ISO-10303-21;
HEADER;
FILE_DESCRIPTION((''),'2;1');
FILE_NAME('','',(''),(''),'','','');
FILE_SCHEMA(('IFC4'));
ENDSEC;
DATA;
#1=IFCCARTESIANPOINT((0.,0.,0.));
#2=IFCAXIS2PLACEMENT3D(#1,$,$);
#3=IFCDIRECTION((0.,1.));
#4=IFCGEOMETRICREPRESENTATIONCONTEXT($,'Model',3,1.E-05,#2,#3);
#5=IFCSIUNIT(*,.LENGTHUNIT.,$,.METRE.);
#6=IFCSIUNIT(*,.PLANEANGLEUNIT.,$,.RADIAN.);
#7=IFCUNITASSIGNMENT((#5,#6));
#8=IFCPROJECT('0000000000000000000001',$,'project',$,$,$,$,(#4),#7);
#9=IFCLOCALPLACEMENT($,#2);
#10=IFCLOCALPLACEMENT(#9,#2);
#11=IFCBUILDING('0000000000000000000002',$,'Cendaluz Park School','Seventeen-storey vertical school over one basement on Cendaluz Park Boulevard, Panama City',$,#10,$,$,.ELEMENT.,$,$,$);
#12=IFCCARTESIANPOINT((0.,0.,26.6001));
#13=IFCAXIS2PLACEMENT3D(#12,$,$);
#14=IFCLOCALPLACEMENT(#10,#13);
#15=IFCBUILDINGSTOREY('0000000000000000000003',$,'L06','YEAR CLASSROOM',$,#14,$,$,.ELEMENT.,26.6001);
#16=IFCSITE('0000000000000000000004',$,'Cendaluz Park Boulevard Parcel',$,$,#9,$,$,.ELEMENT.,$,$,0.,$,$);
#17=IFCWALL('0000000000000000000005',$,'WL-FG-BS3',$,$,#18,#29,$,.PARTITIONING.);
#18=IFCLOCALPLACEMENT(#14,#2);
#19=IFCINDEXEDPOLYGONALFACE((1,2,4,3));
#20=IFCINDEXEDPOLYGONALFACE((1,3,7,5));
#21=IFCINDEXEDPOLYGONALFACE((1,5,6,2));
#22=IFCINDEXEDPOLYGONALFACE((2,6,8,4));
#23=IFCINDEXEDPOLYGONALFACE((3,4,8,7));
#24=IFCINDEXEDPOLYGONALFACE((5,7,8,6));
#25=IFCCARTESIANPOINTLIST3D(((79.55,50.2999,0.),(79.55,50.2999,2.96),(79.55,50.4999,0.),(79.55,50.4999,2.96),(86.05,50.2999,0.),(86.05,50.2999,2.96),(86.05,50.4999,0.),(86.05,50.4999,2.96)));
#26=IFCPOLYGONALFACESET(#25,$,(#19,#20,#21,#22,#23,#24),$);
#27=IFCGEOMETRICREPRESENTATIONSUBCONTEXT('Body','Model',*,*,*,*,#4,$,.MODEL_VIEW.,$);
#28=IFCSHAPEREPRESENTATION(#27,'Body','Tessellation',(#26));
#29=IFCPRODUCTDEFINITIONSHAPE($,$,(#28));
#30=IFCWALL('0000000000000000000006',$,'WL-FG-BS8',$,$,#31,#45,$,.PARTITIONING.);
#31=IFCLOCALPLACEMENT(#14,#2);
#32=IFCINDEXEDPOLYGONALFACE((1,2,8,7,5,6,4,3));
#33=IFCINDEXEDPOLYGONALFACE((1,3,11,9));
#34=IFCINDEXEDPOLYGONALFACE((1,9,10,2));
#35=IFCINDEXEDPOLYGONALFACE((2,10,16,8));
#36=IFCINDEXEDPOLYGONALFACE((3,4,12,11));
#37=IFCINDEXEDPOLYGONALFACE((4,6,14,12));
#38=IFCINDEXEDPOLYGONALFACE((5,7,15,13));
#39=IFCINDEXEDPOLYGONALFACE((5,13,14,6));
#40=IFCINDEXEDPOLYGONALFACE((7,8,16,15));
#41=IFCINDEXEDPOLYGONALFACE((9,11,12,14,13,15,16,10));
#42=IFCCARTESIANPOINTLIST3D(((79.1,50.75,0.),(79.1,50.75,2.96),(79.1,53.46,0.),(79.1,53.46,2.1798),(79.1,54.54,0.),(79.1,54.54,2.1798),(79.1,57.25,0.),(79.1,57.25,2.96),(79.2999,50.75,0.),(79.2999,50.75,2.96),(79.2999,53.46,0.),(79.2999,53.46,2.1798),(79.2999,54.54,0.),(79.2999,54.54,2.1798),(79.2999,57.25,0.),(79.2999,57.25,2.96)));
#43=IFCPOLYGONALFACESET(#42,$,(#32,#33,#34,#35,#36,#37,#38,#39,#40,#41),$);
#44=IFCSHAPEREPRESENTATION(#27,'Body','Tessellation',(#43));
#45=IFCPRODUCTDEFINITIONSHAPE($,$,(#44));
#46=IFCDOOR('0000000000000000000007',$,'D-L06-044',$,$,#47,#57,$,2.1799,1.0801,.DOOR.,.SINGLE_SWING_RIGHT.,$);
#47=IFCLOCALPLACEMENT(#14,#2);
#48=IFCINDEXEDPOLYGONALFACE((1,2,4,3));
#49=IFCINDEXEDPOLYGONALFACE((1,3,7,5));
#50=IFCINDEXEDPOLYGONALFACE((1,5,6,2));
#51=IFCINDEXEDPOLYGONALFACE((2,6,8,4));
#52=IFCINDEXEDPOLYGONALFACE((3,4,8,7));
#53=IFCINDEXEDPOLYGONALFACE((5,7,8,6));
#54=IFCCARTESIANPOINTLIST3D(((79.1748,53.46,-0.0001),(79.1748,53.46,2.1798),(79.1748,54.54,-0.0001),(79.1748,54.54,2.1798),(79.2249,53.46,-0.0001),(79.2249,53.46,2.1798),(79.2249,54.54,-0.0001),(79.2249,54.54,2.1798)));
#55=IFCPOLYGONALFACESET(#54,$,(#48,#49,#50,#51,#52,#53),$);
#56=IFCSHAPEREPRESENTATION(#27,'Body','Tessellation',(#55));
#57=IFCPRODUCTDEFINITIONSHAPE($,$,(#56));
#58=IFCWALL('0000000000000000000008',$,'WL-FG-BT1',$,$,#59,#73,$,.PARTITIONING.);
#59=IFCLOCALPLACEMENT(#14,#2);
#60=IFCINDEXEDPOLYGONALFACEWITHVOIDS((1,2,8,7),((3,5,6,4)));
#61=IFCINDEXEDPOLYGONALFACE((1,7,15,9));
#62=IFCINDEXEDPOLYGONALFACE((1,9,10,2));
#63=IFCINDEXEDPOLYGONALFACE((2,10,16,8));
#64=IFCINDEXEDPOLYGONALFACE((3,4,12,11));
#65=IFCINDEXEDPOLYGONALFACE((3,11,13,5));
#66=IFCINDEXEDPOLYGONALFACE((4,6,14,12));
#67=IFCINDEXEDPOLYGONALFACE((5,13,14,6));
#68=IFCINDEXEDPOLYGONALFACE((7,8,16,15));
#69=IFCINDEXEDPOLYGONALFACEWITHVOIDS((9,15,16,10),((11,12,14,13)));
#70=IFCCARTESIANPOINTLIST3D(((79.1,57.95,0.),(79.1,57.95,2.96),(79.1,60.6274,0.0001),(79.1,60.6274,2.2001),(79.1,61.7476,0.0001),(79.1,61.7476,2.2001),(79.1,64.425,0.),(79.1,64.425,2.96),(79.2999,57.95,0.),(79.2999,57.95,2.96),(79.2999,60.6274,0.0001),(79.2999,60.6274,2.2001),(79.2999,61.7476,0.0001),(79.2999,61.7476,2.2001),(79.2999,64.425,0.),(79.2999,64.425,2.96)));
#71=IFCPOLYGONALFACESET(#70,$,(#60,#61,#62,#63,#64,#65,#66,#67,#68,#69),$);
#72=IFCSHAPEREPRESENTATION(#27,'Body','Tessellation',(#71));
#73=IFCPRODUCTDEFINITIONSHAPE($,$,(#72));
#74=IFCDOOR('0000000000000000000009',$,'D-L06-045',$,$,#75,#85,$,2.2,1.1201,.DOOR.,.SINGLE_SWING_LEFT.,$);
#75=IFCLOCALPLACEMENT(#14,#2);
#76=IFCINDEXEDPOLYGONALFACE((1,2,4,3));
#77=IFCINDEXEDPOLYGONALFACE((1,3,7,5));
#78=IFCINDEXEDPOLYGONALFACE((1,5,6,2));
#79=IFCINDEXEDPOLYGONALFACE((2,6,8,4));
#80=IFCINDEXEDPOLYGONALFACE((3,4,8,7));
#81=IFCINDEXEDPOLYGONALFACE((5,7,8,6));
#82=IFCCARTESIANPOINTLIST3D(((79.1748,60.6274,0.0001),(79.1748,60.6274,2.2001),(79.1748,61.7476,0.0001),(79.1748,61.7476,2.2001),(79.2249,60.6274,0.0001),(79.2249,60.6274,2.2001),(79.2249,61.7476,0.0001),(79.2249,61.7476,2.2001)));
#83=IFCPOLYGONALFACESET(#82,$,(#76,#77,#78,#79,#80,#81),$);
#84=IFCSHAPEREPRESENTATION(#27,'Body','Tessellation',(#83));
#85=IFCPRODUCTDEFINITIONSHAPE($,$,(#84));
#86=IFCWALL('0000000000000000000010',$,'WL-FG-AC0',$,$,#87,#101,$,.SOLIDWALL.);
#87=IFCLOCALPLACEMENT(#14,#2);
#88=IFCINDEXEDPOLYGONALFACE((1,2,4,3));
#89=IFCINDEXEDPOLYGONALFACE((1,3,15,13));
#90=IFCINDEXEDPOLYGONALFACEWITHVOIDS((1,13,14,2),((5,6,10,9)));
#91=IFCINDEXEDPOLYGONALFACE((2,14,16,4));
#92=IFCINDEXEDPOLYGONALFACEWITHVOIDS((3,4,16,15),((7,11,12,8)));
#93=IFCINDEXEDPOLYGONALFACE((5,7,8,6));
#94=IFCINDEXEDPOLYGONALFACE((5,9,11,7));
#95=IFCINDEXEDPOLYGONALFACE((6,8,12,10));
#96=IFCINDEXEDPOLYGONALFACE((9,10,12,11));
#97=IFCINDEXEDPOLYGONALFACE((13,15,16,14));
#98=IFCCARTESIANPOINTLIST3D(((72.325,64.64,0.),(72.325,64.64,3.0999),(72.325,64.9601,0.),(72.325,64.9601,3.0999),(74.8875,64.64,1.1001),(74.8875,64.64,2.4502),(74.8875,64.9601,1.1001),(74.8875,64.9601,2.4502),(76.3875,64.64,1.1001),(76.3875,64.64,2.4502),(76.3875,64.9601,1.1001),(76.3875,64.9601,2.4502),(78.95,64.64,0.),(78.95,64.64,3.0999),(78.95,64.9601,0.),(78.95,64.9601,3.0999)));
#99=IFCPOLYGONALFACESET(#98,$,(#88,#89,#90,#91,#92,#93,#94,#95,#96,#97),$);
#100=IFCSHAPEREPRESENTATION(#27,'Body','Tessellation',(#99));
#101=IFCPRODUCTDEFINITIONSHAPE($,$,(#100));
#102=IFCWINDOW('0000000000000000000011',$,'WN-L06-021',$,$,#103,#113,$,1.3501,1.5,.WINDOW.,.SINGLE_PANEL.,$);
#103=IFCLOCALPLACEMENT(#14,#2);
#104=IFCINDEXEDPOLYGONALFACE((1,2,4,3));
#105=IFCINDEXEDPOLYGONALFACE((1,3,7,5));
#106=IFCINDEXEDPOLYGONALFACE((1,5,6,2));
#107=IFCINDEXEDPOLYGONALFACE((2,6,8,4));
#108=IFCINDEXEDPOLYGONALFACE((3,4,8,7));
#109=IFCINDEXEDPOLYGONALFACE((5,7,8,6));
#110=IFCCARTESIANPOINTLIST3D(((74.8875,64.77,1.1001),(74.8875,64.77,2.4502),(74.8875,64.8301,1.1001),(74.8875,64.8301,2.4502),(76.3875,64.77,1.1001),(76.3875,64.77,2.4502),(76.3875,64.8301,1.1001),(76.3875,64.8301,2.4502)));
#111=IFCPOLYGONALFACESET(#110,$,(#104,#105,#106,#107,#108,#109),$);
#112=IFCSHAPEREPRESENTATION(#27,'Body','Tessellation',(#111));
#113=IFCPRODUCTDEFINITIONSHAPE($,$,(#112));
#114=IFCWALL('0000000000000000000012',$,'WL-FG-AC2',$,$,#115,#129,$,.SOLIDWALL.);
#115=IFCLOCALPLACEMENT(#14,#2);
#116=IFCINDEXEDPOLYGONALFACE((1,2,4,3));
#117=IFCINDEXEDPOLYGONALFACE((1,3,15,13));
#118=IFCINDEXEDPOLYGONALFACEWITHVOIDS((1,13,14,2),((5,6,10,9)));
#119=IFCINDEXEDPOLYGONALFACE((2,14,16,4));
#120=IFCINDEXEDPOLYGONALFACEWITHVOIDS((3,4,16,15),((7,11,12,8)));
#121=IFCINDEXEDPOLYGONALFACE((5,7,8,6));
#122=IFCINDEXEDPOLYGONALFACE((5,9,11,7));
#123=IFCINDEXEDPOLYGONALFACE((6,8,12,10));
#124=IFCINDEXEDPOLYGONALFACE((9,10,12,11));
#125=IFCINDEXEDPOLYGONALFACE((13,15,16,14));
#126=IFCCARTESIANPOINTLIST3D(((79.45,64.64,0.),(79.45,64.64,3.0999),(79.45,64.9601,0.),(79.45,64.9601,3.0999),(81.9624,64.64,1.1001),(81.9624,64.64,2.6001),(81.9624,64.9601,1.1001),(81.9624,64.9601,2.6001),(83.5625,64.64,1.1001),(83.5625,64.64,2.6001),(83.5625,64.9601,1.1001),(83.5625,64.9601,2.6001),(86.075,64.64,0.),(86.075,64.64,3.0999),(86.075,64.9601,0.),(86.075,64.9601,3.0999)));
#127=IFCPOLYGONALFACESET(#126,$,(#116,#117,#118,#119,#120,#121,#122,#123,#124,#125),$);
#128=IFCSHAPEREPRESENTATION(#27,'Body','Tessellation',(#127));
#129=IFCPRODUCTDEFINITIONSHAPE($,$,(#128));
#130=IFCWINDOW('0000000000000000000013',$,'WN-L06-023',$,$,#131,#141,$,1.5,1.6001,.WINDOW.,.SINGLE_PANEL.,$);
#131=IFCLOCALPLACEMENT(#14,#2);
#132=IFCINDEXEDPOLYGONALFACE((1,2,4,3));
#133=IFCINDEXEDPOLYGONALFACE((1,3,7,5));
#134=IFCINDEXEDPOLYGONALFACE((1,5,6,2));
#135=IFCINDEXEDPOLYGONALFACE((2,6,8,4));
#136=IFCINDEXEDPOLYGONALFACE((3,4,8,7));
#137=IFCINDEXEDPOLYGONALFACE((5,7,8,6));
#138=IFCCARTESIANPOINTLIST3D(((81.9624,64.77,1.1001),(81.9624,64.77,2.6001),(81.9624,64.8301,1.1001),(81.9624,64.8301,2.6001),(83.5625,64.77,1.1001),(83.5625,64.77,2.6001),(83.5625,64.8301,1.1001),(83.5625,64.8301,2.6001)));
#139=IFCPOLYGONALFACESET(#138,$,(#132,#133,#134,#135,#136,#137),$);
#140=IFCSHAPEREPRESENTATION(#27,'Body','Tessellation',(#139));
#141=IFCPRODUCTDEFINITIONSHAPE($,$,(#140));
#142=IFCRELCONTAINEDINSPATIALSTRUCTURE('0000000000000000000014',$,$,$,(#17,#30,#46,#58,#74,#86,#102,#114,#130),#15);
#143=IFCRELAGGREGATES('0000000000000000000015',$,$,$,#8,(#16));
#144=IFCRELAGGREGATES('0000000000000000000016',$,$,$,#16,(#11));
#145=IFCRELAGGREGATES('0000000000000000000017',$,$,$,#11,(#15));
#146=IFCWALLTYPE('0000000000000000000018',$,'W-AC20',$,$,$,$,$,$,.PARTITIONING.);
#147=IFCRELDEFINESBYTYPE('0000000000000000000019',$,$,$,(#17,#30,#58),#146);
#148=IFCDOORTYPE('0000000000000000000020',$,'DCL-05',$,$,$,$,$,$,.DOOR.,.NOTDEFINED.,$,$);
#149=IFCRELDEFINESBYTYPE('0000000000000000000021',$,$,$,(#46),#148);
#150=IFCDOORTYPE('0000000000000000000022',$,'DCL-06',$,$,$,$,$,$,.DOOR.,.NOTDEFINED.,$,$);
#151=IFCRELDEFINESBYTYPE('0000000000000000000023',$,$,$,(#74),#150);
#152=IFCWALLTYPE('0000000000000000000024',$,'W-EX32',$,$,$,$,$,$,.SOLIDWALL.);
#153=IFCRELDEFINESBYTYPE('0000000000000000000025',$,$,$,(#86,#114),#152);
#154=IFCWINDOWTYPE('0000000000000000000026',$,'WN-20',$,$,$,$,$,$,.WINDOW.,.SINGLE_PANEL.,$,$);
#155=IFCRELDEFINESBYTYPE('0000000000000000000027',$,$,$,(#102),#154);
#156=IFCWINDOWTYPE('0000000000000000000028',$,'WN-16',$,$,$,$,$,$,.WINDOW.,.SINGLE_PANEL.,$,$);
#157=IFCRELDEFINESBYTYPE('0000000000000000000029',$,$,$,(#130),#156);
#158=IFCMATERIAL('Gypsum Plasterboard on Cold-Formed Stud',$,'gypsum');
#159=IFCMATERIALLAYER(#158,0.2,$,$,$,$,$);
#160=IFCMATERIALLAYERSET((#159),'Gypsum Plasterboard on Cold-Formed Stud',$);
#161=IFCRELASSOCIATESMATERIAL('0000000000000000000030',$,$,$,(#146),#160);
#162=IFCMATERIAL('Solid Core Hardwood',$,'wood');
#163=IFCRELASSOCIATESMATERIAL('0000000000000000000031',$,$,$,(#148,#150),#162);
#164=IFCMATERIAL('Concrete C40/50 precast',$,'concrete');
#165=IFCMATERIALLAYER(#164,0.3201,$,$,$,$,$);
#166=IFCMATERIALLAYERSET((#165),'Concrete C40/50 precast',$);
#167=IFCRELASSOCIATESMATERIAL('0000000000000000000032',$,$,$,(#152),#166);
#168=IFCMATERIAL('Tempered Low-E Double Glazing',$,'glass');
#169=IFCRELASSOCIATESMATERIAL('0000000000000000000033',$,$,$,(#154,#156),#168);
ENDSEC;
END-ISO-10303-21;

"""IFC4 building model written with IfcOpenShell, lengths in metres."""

from ifc_helpers import new_model, si_unit, direction, frame, frame_2d, origin, place, context, subcontext, project, spatial, rectangle, extrude, material, layer, layer_set, type_object, element, fill, save


model = new_model("IFC4")

# Units and contexts
model_context = context("Model", 3, precision=1e-05, world=origin(), true_north=direction((0.0, 1.0)))
body_context = subcontext(model_context, "Body", "Model", "MODEL_VIEW")
ifc_project = project(units=[si_unit("LENGTHUNIT", "METRE"), si_unit("PLANEANGLEUNIT", "RADIAN")], contexts=[model_context])

# Site, building, storey
site_placement = place(None, origin())
site = spatial("IfcSite", under=ifc_project, at=site_placement, Name="Cendaluz Park Boulevard Parcel", CompositionType="ELEMENT", RefElevation=0.0)
building_placement = place(site_placement, origin())
building = spatial("IfcBuilding", under=site, at=building_placement, Name="Cendaluz Park School", Description="Seventeen-storey vertical school over one basement on Cendaluz Park Boulevard, Panama City", CompositionType="ELEMENT")
storey_placement = place(building_placement, frame((0.0, 0.0, 26.6001)))
storey = spatial("IfcBuildingStorey", under=building, at=storey_placement, Name="L06", Description="YEAR CLASSROOM", CompositionType="ELEMENT", Elevation=26.6001)

# Shared definitions
ifc_material_1 = material(Name="Gypsum Plasterboard on Cold-Formed Stud", Category="gypsum")
ifc_layer_1 = layer(ifc_material_1, 0.2)
ifc_layer_set_1 = layer_set([ifc_layer_1], Name="Gypsum Plasterboard on Cold-Formed Stud")
wall_type_1 = type_object("IfcWallType", Name="W-AC20", PredefinedType="PARTITIONING", material=ifc_layer_set_1)
ifc_material_2 = material(Name="Solid Core Hardwood", Category="wood")

# Wall
wall_1_placement = place(storey_placement, frame((79.55, 50.3999, 0.0), z_axis=(0.0, 0.0, 1.0), x_axis=(1.0, 0.0, 0.0)))
element("IfcWall", 1, at=wall_1_placement, inside=storey, type_object=wall_type_1, Name="WL-FG-BS3", PredefinedType="PARTITIONING", context=body_context, shape_type="SweptSolid", body=[
    extrude(rectangle(XDim=6.5, YDim=0.2, at=frame_2d((3.25, 0.0))), origin(), (0.0, 0.0, 1.0), 2.96),
])

# Walls, openings, doors
wall_2_placement = place(storey_placement, frame((79.2, 50.75, 0.0), z_axis=(0.0, 0.0, 1.0), x_axis=(0.0, 1.0, 0.0)))
wall_2 = element("IfcWall", 2, at=wall_2_placement, inside=storey, type_object=wall_type_1, Name="WL-FG-BS8", PredefinedType="PARTITIONING", context=body_context, shape_type="SweptSolid", body=[
    extrude(rectangle(XDim=6.5, YDim=0.2, at=frame_2d((3.25, 0.0))), origin(), (0.0, 0.0, 1.0), 2.96),
])
opening_1_placement = place(wall_2_placement, frame((2.71, 0.0, 0.0)))
opening_1 = element("IfcOpeningElement", 3, at=opening_1_placement, cuts=wall_2, PredefinedType="OPENING", context=body_context, shape_type="SweptSolid", body=[
    extrude(rectangle(XDim=1.0801, YDim=2.1799, at=frame_2d((0.54, 1.0898))), frame((0.0, 0.1121, 0.0), z_axis=(0.0, -1.0, 0.0), x_axis=(1.0, 0.0, 0.0)), (0.0, 0.0, 1.0), 0.2239),
])
door_type_1 = type_object("IfcDoorType", Name="DCL-05", OperationType="NOTDEFINED", PredefinedType="DOOR", material=ifc_material_2)
door_1_placement = place(opening_1_placement, frame((1.0801, 0.0, 0.0), z_axis=(0.0, 0.0, 1.0), x_axis=(-1.0, 0.0, 0.0)))
door_1 = element("IfcDoor", 4, at=door_1_placement, inside=storey, type_object=door_type_1, Name="D-L06-044", OperationType="SINGLE_SWING_RIGHT", OverallHeight=2.1799, OverallWidth=1.0801, PredefinedType="DOOR", context=body_context, shape_type="SweptSolid", body=[
    extrude(rectangle(XDim=1.0801, YDim=2.1799, at=frame_2d((0.54, 1.0898))), frame((0.0, 0.0249, 0.0), z_axis=(0.0, -1.0, 0.0), x_axis=(1.0, 0.0, 0.0)), (0.0, 0.0, 1.0), 0.05),
])
fill(opening_1, door_1)
wall_3_placement = place(storey_placement, frame((79.2, 57.95, 0.0), z_axis=(0.0, 0.0, 1.0), x_axis=(0.0, 1.0, 0.0)))
wall_3 = element("IfcWall", 5, at=wall_3_placement, inside=storey, type_object=wall_type_1, Name="WL-FG-BT1", PredefinedType="PARTITIONING", context=body_context, shape_type="SweptSolid", body=[
    extrude(rectangle(XDim=6.4751, YDim=0.2, at=frame_2d((3.2375, 0.0))), origin(), (0.0, 0.0, 1.0), 2.96),
])
opening_2_placement = place(wall_3_placement, frame((2.6775, 0.0, 0.0)))
opening_2 = element("IfcOpeningElement", 6, at=opening_2_placement, cuts=wall_3, PredefinedType="OPENING", context=body_context, shape_type="SweptSolid", body=[
    extrude(rectangle(XDim=1.1201, YDim=2.2, at=frame_2d((0.5601, 1.1001))), frame((0.0, 0.1121, 0.0), z_axis=(0.0, -1.0, 0.0), x_axis=(1.0, 0.0, 0.0)), (0.0, 0.0, 1.0), 0.2239),
])
door_type_2 = type_object("IfcDoorType", Name="DCL-06", OperationType="NOTDEFINED", PredefinedType="DOOR", material=ifc_material_2)
door_2_placement = place(opening_2_placement, frame((1.1201, 0.0, 0.0), z_axis=(0.0, 0.0, 1.0), x_axis=(-1.0, 0.0, 0.0)))
door_2 = element("IfcDoor", 7, at=door_2_placement, inside=storey, type_object=door_type_2, Name="D-L06-045", OperationType="SINGLE_SWING_LEFT", OverallHeight=2.2, OverallWidth=1.1201, PredefinedType="DOOR", context=body_context, shape_type="SweptSolid", body=[
    extrude(rectangle(XDim=1.1201, YDim=2.2, at=frame_2d((0.5601, 1.1001))), frame((0.0, 0.0249, 0.0), z_axis=(0.0, -1.0, 0.0), x_axis=(1.0, 0.0, 0.0)), (0.0, 0.0, 1.0), 0.05),
])
fill(opening_2, door_2)

# Walls, openings, windows
ifc_material_3 = material(Name="Concrete C40/50 precast", Category="concrete")
ifc_layer_2 = layer(ifc_material_3, 0.3201)
ifc_layer_set_2 = layer_set([ifc_layer_2], Name="Concrete C40/50 precast")
wall_type_2 = type_object("IfcWallType", Name="W-EX32", PredefinedType="SOLIDWALL", material=ifc_layer_set_2)
wall_4_placement = place(storey_placement, frame((72.325, 64.8, 0.0), z_axis=(0.0, 0.0, 1.0), x_axis=(1.0, 0.0, 0.0)))
wall_4 = element("IfcWall", 8, at=wall_4_placement, inside=storey, type_object=wall_type_2, Name="WL-FG-AC0", PredefinedType="SOLIDWALL", context=body_context, shape_type="SweptSolid", body=[
    extrude(rectangle(XDim=6.625, YDim=0.3201, at=frame_2d((3.3125, 0.0))), origin(), (0.0, 0.0, 1.0), 3.0999),
])
opening_3_placement = place(wall_4_placement, frame((2.5625, 0.0, 1.1001)))
opening_3 = element("IfcOpeningElement", 9, at=opening_3_placement, cuts=wall_4, PredefinedType="OPENING", context=body_context, shape_type="SweptSolid", body=[
    extrude(rectangle(XDim=1.5, YDim=1.3501, at=frame_2d((0.75, 0.675))), frame((0.0, 0.1721, 0.0), z_axis=(0.0, -1.0, 0.0), x_axis=(1.0, 0.0, 0.0)), (0.0, 0.0, 1.0), 0.344),
])
ifc_material_4 = material(Name="Tempered Low-E Double Glazing", Category="glass")
window_type_1 = type_object("IfcWindowType", Name="WN-20", PartitioningType="SINGLE_PANEL", PredefinedType="WINDOW", material=ifc_material_4)
window_1_placement = place(opening_3_placement, origin())
window_1 = element("IfcWindow", 10, at=window_1_placement, inside=storey, type_object=window_type_1, Name="WN-L06-021", OverallHeight=1.3501, OverallWidth=1.5, PartitioningType="SINGLE_PANEL", PredefinedType="WINDOW", context=body_context, shape_type="SweptSolid", body=[
    extrude(rectangle(XDim=1.5, YDim=1.3501, at=frame_2d((0.75, 0.675))), frame((0.0, 0.03, 0.0), z_axis=(0.0, -1.0, 0.0), x_axis=(1.0, 0.0, 0.0)), (0.0, 0.0, 1.0), 0.0601),
])
fill(opening_3, window_1)
wall_5_placement = place(storey_placement, frame((79.45, 64.8, 0.0), z_axis=(0.0, 0.0, 1.0), x_axis=(1.0, 0.0, 0.0)))
wall_5 = element("IfcWall", 11, at=wall_5_placement, inside=storey, type_object=wall_type_2, Name="WL-FG-AC2", PredefinedType="SOLIDWALL", context=body_context, shape_type="SweptSolid", body=[
    extrude(rectangle(XDim=6.625, YDim=0.3201, at=frame_2d((3.3125, 0.0))), origin(), (0.0, 0.0, 1.0), 3.0999),
])
opening_4_placement = place(wall_5_placement, frame((2.5125, 0.0, 1.1001)))
opening_4 = element("IfcOpeningElement", 12, at=opening_4_placement, cuts=wall_5, PredefinedType="OPENING", context=body_context, shape_type="SweptSolid", body=[
    extrude(rectangle(XDim=1.6001, YDim=1.5, at=frame_2d((0.8, 0.75))), frame((0.0, 0.1721, 0.0), z_axis=(0.0, -1.0, 0.0), x_axis=(1.0, 0.0, 0.0)), (0.0, 0.0, 1.0), 0.344),
])
window_type_2 = type_object("IfcWindowType", Name="WN-16", PartitioningType="SINGLE_PANEL", PredefinedType="WINDOW", material=ifc_material_4)
window_2_placement = place(opening_4_placement, origin())
window_2 = element("IfcWindow", 13, at=window_2_placement, inside=storey, type_object=window_type_2, Name="WN-L06-023", OverallHeight=1.5, OverallWidth=1.6001, PartitioningType="SINGLE_PANEL", PredefinedType="WINDOW", context=body_context, shape_type="SweptSolid", body=[
    extrude(rectangle(XDim=1.6001, YDim=1.5, at=frame_2d((0.8, 0.75))), frame((0.0, 0.03, 0.0), z_axis=(0.0, -1.0, 0.0), x_axis=(1.0, 0.0, 0.0)), (0.0, 0.0, 1.0), 0.0601),
])
fill(opening_4, window_2)

save(model, "model.ifc")
